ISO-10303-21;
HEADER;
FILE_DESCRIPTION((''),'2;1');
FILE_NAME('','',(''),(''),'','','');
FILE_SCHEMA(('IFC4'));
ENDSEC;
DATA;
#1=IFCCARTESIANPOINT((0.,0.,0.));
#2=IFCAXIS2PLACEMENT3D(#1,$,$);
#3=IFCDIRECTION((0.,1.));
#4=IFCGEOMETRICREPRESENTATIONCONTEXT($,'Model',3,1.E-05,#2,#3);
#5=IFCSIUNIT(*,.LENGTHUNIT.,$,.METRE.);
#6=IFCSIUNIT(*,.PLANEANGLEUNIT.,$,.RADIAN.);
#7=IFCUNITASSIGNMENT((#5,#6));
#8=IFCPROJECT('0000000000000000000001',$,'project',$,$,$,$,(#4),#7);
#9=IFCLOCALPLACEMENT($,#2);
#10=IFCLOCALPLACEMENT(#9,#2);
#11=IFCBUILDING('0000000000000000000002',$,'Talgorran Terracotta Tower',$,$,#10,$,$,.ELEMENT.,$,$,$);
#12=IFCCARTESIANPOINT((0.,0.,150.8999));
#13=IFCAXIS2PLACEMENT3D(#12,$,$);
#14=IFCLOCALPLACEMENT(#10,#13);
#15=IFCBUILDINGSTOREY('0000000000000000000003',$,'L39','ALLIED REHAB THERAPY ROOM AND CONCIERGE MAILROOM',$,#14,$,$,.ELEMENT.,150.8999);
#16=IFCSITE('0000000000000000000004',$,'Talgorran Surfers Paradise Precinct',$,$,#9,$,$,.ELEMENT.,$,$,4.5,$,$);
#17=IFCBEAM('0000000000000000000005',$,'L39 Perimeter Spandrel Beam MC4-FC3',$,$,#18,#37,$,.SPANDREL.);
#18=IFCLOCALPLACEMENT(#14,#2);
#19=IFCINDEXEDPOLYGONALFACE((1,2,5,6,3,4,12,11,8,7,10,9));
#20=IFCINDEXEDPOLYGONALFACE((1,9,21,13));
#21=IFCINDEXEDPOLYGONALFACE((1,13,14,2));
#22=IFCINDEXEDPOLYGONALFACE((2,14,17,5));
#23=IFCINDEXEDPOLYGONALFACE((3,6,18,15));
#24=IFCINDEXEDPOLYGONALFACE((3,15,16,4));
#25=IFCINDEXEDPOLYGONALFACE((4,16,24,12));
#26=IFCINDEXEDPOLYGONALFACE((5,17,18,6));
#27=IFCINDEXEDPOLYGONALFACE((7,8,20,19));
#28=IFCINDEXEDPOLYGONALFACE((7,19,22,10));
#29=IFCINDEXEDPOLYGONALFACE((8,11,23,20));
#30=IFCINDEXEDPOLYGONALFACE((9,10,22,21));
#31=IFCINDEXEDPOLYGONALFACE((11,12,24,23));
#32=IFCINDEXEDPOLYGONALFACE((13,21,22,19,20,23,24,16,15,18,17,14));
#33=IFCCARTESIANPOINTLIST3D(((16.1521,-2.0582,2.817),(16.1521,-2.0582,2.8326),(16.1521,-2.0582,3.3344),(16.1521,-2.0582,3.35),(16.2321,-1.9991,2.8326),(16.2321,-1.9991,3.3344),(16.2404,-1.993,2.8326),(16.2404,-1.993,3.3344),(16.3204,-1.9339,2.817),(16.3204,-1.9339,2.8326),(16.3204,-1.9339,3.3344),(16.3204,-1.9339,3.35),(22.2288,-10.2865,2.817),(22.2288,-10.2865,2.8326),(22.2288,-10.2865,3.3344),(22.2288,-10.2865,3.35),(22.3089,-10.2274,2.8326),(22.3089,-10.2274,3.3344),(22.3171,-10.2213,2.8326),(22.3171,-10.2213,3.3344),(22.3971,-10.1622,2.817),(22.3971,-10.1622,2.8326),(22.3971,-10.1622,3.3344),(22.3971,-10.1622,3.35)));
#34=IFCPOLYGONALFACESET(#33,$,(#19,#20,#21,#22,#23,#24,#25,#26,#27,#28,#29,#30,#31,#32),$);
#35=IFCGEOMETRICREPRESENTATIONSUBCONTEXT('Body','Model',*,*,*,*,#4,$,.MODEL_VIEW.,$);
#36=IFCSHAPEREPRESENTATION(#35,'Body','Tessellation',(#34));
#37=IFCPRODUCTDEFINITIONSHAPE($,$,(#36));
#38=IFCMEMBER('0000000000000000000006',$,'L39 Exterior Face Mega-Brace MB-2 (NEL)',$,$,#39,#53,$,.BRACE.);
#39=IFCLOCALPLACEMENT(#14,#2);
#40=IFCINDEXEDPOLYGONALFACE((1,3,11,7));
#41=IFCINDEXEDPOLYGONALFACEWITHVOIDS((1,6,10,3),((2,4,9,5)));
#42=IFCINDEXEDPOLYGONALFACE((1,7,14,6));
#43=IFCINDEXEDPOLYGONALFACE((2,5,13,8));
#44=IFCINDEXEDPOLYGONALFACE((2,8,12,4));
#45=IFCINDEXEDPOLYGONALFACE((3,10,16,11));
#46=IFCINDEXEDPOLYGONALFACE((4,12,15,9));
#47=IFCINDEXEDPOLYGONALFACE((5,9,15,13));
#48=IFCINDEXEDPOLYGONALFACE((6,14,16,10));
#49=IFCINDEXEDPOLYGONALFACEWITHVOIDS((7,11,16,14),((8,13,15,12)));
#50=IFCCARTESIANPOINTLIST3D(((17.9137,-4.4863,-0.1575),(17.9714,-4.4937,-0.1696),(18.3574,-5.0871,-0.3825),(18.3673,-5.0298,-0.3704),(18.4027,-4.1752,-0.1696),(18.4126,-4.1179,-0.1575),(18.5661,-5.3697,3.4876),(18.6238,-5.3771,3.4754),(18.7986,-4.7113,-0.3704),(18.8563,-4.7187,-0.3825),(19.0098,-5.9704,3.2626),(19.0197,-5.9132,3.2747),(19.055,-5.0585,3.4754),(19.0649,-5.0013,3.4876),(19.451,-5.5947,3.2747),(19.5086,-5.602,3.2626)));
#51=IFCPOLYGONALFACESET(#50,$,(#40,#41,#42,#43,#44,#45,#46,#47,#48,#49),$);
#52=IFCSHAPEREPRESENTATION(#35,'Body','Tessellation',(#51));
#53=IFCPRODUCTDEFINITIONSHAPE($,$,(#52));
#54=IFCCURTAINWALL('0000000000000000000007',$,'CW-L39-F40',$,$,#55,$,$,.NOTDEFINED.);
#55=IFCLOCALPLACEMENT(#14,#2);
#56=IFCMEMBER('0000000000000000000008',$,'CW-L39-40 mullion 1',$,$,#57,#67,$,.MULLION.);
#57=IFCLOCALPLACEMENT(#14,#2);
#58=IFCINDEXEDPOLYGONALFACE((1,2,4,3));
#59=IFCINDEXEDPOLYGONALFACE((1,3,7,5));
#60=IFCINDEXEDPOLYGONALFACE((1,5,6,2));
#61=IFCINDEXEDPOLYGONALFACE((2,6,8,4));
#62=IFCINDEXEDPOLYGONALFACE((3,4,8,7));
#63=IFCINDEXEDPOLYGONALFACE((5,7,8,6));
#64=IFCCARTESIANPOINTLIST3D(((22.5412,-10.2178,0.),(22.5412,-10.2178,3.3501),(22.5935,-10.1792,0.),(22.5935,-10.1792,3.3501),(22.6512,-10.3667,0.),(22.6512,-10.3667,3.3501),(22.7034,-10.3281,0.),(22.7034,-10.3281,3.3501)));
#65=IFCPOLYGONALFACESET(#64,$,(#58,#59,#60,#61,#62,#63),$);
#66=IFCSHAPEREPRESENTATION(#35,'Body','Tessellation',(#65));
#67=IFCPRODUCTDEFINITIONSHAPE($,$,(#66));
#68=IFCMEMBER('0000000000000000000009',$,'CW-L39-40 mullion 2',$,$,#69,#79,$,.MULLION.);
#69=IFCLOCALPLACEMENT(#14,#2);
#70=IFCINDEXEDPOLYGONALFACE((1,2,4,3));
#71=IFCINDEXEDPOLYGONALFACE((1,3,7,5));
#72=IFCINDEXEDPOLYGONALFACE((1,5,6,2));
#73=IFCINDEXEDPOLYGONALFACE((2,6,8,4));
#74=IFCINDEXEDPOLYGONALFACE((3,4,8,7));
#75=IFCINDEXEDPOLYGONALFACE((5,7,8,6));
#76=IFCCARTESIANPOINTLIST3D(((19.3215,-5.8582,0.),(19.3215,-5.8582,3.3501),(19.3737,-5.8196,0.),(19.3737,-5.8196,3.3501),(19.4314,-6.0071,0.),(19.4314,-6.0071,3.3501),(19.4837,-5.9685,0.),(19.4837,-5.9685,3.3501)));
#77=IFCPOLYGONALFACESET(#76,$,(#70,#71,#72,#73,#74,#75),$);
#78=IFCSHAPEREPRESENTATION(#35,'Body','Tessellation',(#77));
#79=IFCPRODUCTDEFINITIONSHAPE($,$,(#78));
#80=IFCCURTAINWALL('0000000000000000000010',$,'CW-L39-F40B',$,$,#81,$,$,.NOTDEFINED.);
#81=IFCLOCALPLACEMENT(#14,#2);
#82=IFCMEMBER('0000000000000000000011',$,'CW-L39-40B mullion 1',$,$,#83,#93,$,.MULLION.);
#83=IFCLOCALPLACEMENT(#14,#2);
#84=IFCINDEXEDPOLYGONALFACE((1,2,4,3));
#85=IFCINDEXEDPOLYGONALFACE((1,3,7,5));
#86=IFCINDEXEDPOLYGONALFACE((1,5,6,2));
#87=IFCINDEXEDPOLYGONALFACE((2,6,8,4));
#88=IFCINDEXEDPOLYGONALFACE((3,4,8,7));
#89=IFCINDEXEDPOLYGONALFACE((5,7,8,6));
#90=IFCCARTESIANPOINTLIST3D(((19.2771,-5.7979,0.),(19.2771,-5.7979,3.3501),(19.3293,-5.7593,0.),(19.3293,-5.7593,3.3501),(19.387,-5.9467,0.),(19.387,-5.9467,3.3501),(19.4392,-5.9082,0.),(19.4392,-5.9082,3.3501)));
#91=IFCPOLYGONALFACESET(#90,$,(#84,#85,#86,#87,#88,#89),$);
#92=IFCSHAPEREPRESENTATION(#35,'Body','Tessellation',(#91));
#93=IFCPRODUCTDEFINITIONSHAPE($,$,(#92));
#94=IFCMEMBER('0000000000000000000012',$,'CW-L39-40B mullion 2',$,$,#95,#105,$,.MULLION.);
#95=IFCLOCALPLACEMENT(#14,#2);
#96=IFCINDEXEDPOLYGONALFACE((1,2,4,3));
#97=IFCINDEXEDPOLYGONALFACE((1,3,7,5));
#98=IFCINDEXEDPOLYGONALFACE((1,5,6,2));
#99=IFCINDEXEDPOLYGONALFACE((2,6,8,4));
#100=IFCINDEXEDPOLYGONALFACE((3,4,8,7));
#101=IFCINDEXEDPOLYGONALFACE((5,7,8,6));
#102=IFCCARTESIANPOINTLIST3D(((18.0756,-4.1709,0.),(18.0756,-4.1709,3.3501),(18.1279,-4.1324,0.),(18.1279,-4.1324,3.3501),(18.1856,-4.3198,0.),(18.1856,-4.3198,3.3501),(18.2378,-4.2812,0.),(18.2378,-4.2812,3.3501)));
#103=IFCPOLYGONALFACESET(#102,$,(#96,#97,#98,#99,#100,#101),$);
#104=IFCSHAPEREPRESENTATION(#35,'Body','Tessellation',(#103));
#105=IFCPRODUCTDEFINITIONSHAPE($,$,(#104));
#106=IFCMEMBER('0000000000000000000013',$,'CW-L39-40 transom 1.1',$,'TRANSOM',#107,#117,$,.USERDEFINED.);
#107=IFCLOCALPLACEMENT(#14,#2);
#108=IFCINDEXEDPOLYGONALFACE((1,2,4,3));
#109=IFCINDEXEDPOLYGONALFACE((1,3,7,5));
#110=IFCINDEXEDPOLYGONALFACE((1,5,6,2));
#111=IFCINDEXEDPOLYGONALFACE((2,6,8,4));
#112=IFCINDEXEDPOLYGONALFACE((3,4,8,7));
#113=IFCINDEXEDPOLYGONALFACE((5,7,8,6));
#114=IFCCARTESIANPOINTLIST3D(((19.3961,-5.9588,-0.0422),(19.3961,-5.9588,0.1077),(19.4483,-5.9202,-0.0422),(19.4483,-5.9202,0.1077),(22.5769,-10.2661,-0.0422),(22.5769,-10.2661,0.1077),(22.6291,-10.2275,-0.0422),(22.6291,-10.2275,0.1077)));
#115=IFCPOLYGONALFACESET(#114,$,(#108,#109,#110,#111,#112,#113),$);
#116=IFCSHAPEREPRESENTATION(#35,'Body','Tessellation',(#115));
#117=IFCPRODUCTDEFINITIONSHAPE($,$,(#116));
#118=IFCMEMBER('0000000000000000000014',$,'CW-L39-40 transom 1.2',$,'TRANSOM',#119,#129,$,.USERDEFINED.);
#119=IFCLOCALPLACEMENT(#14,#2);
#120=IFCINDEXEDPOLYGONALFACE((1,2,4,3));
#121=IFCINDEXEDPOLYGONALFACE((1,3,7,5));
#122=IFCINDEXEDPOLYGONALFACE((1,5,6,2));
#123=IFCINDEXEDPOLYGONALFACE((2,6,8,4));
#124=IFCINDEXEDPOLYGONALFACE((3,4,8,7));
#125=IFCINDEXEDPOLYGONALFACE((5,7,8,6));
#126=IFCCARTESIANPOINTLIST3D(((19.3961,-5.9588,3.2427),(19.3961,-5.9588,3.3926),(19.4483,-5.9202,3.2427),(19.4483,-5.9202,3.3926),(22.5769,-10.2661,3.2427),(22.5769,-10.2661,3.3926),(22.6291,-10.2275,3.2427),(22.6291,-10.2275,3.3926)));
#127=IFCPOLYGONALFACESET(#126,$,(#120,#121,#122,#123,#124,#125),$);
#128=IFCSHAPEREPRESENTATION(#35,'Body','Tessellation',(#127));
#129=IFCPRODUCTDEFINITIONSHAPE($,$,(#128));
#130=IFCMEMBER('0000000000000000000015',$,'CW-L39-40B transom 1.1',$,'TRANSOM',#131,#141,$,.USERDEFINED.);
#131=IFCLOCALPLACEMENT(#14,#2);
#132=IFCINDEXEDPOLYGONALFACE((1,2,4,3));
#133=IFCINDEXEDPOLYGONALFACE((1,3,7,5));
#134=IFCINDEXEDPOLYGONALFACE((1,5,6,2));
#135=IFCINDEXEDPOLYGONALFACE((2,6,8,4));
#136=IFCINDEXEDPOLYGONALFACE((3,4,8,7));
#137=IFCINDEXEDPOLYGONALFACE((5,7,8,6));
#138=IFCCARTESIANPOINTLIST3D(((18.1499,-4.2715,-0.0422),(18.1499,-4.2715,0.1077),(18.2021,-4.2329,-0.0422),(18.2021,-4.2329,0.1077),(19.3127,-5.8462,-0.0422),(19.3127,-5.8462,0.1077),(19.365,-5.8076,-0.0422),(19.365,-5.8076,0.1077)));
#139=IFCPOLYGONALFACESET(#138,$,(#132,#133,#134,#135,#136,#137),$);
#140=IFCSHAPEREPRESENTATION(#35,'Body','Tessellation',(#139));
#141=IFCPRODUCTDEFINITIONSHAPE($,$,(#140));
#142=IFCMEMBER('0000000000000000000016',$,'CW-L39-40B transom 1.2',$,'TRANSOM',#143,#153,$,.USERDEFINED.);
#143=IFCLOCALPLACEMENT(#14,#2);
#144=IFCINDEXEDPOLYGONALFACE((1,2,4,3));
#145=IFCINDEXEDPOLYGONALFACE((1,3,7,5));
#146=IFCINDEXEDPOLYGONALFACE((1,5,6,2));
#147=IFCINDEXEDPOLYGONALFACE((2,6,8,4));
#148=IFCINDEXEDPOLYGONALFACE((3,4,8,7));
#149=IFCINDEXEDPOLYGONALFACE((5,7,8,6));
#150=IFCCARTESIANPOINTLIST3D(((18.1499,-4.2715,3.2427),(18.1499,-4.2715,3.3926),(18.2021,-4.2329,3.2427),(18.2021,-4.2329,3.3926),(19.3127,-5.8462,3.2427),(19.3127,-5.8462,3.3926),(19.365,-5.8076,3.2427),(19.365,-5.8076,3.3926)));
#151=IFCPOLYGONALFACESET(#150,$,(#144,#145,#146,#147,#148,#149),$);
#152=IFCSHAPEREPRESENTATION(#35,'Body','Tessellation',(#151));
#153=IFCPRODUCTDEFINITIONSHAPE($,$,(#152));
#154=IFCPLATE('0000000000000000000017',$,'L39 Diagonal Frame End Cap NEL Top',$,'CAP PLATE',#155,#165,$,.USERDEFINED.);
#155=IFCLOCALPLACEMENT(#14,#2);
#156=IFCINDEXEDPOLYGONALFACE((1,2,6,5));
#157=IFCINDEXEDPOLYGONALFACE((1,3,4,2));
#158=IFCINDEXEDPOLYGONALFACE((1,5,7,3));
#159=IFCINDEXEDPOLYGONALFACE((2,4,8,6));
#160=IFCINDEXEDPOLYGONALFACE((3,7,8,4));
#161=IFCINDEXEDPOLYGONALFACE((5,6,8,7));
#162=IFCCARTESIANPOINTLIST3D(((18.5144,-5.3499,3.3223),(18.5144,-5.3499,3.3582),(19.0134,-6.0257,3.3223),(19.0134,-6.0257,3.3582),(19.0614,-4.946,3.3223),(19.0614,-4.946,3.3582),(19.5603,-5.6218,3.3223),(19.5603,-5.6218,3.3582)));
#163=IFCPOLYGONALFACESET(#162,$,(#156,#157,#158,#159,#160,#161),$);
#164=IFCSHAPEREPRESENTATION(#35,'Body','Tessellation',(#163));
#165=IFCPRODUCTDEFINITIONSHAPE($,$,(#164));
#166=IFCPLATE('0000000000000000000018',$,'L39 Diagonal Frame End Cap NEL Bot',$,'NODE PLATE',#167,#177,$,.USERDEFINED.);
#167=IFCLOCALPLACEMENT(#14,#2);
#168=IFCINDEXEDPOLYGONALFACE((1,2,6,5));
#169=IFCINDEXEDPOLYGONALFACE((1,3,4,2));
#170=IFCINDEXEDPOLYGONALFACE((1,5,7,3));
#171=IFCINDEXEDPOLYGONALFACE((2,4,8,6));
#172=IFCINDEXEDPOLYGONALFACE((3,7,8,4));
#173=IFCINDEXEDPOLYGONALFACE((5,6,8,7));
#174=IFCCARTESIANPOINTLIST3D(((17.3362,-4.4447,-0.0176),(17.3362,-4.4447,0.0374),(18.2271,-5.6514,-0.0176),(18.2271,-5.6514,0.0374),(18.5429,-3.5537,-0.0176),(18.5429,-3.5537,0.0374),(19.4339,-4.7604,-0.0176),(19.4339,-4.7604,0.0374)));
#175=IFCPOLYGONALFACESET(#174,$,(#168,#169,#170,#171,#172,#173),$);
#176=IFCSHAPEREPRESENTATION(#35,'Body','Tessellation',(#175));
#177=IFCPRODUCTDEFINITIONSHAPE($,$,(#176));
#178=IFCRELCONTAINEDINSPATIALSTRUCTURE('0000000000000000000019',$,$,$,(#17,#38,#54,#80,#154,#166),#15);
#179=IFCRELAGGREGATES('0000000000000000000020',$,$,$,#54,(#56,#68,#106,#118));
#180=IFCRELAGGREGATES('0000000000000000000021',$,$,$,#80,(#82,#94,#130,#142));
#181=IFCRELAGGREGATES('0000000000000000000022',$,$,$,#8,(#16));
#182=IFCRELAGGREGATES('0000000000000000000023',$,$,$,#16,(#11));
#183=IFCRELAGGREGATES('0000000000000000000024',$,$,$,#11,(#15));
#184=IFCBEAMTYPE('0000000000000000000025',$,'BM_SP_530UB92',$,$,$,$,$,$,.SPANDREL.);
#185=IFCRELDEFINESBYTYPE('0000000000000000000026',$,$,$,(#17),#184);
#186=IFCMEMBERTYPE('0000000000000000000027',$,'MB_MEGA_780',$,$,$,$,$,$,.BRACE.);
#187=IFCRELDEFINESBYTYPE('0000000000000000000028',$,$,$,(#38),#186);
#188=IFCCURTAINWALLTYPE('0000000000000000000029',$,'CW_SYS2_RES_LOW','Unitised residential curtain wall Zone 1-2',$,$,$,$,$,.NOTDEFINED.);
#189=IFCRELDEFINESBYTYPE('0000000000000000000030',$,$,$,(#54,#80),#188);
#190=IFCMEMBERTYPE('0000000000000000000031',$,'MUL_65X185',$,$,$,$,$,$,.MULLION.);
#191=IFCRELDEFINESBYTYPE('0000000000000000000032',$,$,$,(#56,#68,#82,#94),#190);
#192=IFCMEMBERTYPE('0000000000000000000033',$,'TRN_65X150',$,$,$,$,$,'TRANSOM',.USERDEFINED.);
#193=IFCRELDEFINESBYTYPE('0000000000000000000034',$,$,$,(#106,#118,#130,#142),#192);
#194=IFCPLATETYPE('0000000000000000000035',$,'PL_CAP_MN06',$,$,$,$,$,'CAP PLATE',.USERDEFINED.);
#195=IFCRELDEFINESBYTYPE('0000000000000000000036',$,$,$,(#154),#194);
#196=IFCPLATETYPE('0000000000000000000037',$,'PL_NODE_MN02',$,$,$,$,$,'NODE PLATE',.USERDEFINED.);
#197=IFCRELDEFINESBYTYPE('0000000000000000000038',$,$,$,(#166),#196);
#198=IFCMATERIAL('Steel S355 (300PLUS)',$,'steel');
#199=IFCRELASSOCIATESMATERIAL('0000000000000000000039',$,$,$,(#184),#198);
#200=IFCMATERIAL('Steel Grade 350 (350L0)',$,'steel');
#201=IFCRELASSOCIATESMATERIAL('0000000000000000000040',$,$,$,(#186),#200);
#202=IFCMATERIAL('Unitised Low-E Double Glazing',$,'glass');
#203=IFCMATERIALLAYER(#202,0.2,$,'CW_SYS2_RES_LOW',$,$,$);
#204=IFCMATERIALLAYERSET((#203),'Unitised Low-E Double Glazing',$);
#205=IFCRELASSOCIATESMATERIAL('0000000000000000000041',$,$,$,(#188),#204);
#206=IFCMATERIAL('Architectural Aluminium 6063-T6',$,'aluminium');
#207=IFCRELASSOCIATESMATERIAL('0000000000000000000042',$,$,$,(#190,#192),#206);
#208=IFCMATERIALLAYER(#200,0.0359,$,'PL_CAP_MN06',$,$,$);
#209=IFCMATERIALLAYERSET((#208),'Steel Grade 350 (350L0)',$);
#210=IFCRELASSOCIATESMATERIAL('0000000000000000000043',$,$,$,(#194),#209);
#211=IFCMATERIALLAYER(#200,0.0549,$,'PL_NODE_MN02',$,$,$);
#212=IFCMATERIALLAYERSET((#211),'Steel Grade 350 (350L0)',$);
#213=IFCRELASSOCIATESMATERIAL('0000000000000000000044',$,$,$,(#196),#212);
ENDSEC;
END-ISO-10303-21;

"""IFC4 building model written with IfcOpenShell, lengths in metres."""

from ifc_helpers import new_model, si_unit, direction, frame, origin, origin_2d, place, context, subcontext, project, spatial, rectangle, hollow_rectangle, i_section, extrude, material, layer, layer_set, material_profile, profile_set, type_object, element, aggregate, save


model = new_model("IFC4")

# Units and contexts
model_context = context("Model", 3, precision=1e-05, world=origin(), true_north=direction((0.0, 1.0)))
body_context = subcontext(model_context, "Body", "Model", "MODEL_VIEW")
ifc_project = project(units=[si_unit("LENGTHUNIT", "METRE"), si_unit("PLANEANGLEUNIT", "RADIAN")], contexts=[model_context])

# Site, building, storey
site_placement = place(None, origin())
site = spatial("IfcSite", under=ifc_project, at=site_placement, Name="Talgorran Surfers Paradise Precinct", CompositionType="ELEMENT", RefElevation=4.5)
building_placement = place(site_placement, origin())
building = spatial("IfcBuilding", under=site, at=building_placement, Name="Talgorran Terracotta Tower", CompositionType="ELEMENT")
storey_placement = place(building_placement, frame((0.0, 0.0, 150.8999)))
storey = spatial("IfcBuildingStorey", under=building, at=storey_placement, Name="L39", Description="ALLIED REHAB THERAPY ROOM AND CONCIERGE MAILROOM", CompositionType="ELEMENT", Elevation=150.8999)

# Beam
ifc_material_1 = material(Name="Steel S355 (300PLUS)", Category="steel")
ifc_material_profile_1 = material_profile(ifc_material_1, i_section(OverallWidth=0.2092, OverallDepth=0.533, WebThickness=0.0103, FlangeThickness=0.0156, at=origin_2d()), Name="530UB92.4")
ifc_profile_set_1 = profile_set([ifc_material_profile_1], Name="Steel S355 (300PLUS)")
beam_type = type_object("IfcBeamType", Name="BM_SP_530UB92", PredefinedType="SPANDREL", material=ifc_profile_set_1)
beam_placement = place(storey_placement, frame((22.313, -10.2244, 3.0835), z_axis=(-0.594068, 0.804415, 0.0), x_axis=(-0.804415, -0.594068, 0.0)))
element("IfcBeam", 1, at=beam_placement, inside=storey, type_object=beam_type, Name="L39 Perimeter Spandrel Beam MC4-FC3", PredefinedType="SPANDREL", context=body_context, shape_type="SweptSolid", body=[
    extrude(i_section(OverallWidth=0.2092, OverallDepth=0.533, WebThickness=0.0103, FlangeThickness=0.0156, at=origin_2d()), origin(), (0.0, 0.0, 1.0), 10.229),
])

# Member
ifc_material_2 = material(Name="Steel Grade 350 (350L0)", Category="steel")
ifc_material_profile_2 = material_profile(ifc_material_2, hollow_rectangle(XDim=0.6201, YDim=0.78, WallThickness=0.042, at=origin_2d()), Name="WBOX780X620X42")
ifc_profile_set_2 = profile_set([ifc_material_profile_2], Name="Steel Grade 350 (350L0)")
member_type_1 = type_object("IfcMemberType", Name="MB_MEGA_780", PredefinedType="BRACE", material=ifc_profile_set_2)
member_1_placement = place(storey_placement, frame((18.385, -4.6025, -0.27), z_axis=(0.171361, -0.232031, 0.957495), x_axis=(0.804407, 0.594078, 0.0)))
element("IfcMember", 2, at=member_1_placement, inside=storey, type_object=member_type_1, Name="L39 Exterior Face Mega-Brace MB-2 (NEL)", PredefinedType="BRACE", context=body_context, shape_type="SweptSolid", body=[
    extrude(hollow_rectangle(XDim=0.6201, YDim=0.78, WallThickness=0.042, at=origin_2d()), origin(), (0.0, 0.0, 1.0), 3.8069),
])

# Curtain walls, members
ifc_material_3 = material(Name="Unitised Low-E Double Glazing", Category="glass")
ifc_layer_1 = layer(ifc_material_3, 0.2, Name="CW_SYS2_RES_LOW")
ifc_layer_set_1 = layer_set([ifc_layer_1], Name="Unitised Low-E Double Glazing")
curtain_wall_type = type_object("IfcCurtainWallType", Name="CW_SYS2_RES_LOW", Description="Unitised residential curtain wall Zone 1-2", PredefinedType="NOTDEFINED", material=ifc_layer_set_1)
curtain_wall_1_placement = place(storey_placement, origin())
curtain_wall_1 = element("IfcCurtainWall", 3, at=curtain_wall_1_placement, inside=storey, type_object=curtain_wall_type, Name="CW-L39-F40", PredefinedType="NOTDEFINED")
ifc_material_4 = material(Name="Architectural Aluminium 6063-T6", Category="aluminium")
ifc_material_profile_3 = material_profile(ifc_material_4, rectangle(XDim=0.0649, YDim=0.1851, at=origin_2d()), Name="CWM65X185")
ifc_profile_set_3 = profile_set([ifc_material_profile_3], Name="Architectural Aluminium 6063-T6")
member_type_2 = type_object("IfcMemberType", Name="MUL_65X185", PredefinedType="MULLION", material=ifc_profile_set_3)
member_2_placement = place(storey_placement, frame((22.6223, -10.2729, 0.0), z_axis=(0.0, 0.0, 1.0), x_axis=(-0.804409, -0.594076, 0.0)))
member_2 = element("IfcMember", 4, at=member_2_placement, type_object=member_type_2, Name="CW-L39-40 mullion 1", PredefinedType="MULLION", context=body_context, shape_type="SweptSolid", body=[
    extrude(rectangle(XDim=0.0649, YDim=0.1851, at=origin_2d()), origin(), (0.0, 0.0, 1.0), 3.3501),
])
member_3_placement = place(storey_placement, frame((19.4026, -5.9133, 0.0), z_axis=(0.0, 0.0, 1.0), x_axis=(-0.804409, -0.594076, 0.0)))
member_3 = element("IfcMember", 5, at=member_3_placement, type_object=member_type_2, Name="CW-L39-40 mullion 2", PredefinedType="MULLION", context=body_context, shape_type="SweptSolid", body=[
    extrude(rectangle(XDim=0.0649, YDim=0.1851, at=origin_2d()), origin(), (0.0, 0.0, 1.0), 3.3501),
])
curtain_wall_2_placement = place(storey_placement, origin())
curtain_wall_2 = element("IfcCurtainWall", 6, at=curtain_wall_2_placement, inside=storey, type_object=curtain_wall_type, Name="CW-L39-F40B", PredefinedType="NOTDEFINED")
member_4_placement = place(storey_placement, frame((19.3582, -5.853, 0.0), z_axis=(0.0, 0.0, 1.0), x_axis=(-0.804399, -0.594089, 0.0)))
member_4 = element("IfcMember", 7, at=member_4_placement, type_object=member_type_2, Name="CW-L39-40B mullion 1", PredefinedType="MULLION", context=body_context, shape_type="SweptSolid", body=[
    extrude(rectangle(XDim=0.0649, YDim=0.1851, at=origin_2d()), origin(), (0.0, 0.0, 1.0), 3.3501),
])
member_5_placement = place(storey_placement, frame((18.1567, -4.2261, 0.0), z_axis=(0.0, 0.0, 1.0), x_axis=(-0.804399, -0.594089, 0.0)))
member_5 = element("IfcMember", 8, at=member_5_placement, type_object=member_type_2, Name="CW-L39-40B mullion 2", PredefinedType="MULLION", context=body_context, shape_type="SweptSolid", body=[
    extrude(rectangle(XDim=0.0649, YDim=0.1851, at=origin_2d()), origin(), (0.0, 0.0, 1.0), 3.3501),
])

# Members
ifc_material_profile_4 = material_profile(ifc_material_4, rectangle(XDim=0.0649, YDim=0.1499, at=origin_2d()), Name="CWT65X150")
ifc_profile_set_4 = profile_set([ifc_material_profile_4], Name="Architectural Aluminium 6063-T6")
member_type_3 = type_object("IfcMemberType", Name="TRN_65X150", ElementType="TRANSOM", PredefinedType="USERDEFINED", material=ifc_profile_set_4)
member_6_placement = place(storey_placement, frame((22.603, -10.2468, 0.0327), z_axis=(-0.594053, 0.804426, 0.0), x_axis=(-0.804426, -0.594053, 0.0)))
member_6 = element("IfcMember", 9, at=member_6_placement, type_object=member_type_3, Name="CW-L39-40 transom 1.1", ObjectType="TRANSOM", PredefinedType="USERDEFINED", context=body_context, shape_type="SweptSolid", body=[
    extrude(rectangle(XDim=0.0649, YDim=0.1499, at=origin_2d()), origin(), (0.0, 0.0, 1.0), 5.3545),
])
member_7_placement = place(storey_placement, frame((22.603, -10.2468, 3.3176), z_axis=(-0.594053, 0.804426, 0.0), x_axis=(-0.804426, -0.594053, 0.0)))
member_7 = element("IfcMember", 10, at=member_7_placement, type_object=member_type_3, Name="CW-L39-40 transom 1.2", ObjectType="TRANSOM", PredefinedType="USERDEFINED", context=body_context, shape_type="SweptSolid", body=[
    extrude(rectangle(XDim=0.0649, YDim=0.1499, at=origin_2d()), origin(), (0.0, 0.0, 1.0), 5.3545),
])
member_8_placement = place(storey_placement, frame((19.3389, -5.8269, 0.0327), z_axis=(-0.594037, 0.804438, 0.0), x_axis=(-0.804438, -0.594037, 0.0)))
member_8 = element("IfcMember", 11, at=member_8_placement, type_object=member_type_3, Name="CW-L39-40B transom 1.1", ObjectType="TRANSOM", PredefinedType="USERDEFINED", context=body_context, shape_type="SweptSolid", body=[
    extrude(rectangle(XDim=0.0649, YDim=0.1499, at=origin_2d()), origin(), (0.0, 0.0, 1.0), 1.9575),
])
member_9_placement = place(storey_placement, frame((19.3389, -5.8269, 3.3176), z_axis=(-0.594037, 0.804438, 0.0), x_axis=(-0.804438, -0.594037, 0.0)))
member_9 = element("IfcMember", 12, at=member_9_placement, type_object=member_type_3, Name="CW-L39-40B transom 1.2", ObjectType="TRANSOM", PredefinedType="USERDEFINED", context=body_context, shape_type="SweptSolid", body=[
    extrude(rectangle(XDim=0.0649, YDim=0.1499, at=origin_2d()), origin(), (0.0, 0.0, 1.0), 1.9575),
])

# Plates
ifc_layer_2 = layer(ifc_material_2, 0.0359, Name="PL_CAP_MN06")
ifc_layer_set_2 = layer_set([ifc_layer_2], Name="Steel Grade 350 (350L0)")
plate_type_1 = type_object("IfcPlateType", Name="PL_CAP_MN06", ElementType="CAP PLATE", PredefinedType="USERDEFINED", material=ifc_layer_set_2)
plate_1_placement = place(storey_placement, frame((19.0374, -5.4858, 3.3223), z_axis=(0.0, 0.0, 1.0), x_axis=(0.593981, -0.804479, 0.0)))
element("IfcPlate", 13, at=plate_1_placement, inside=storey, type_object=plate_type_1, Name="L39 Diagonal Frame End Cap NEL Top", ObjectType="CAP PLATE", PredefinedType="USERDEFINED", context=body_context, shape_type="SweptSolid", body=[
    extrude(rectangle(XDim=0.8401, YDim=0.6799, at=origin_2d()), origin(), (0.0, 0.0, 1.0), 0.0359),
])
ifc_layer_3 = layer(ifc_material_2, 0.0549, Name="PL_NODE_MN02")
ifc_layer_set_3 = layer_set([ifc_layer_3], Name="Steel Grade 350 (350L0)")
plate_type_2 = type_object("IfcPlateType", Name="PL_NODE_MN02", ElementType="NODE PLATE", PredefinedType="USERDEFINED", material=ifc_layer_set_3)
plate_2_placement = place(storey_placement, frame((18.385, -4.6025, -0.0176), z_axis=(0.0, 0.0, 1.0), x_axis=(0.593981, -0.804479, 0.0)))
element("IfcPlate", 14, at=plate_2_placement, inside=storey, type_object=plate_type_2, Name="L39 Diagonal Frame End Cap NEL Bot", ObjectType="NODE PLATE", PredefinedType="USERDEFINED", context=body_context, shape_type="SweptSolid", body=[
    extrude(rectangle(XDim=1.5, YDim=1.5, at=origin_2d()), origin(), (0.0, 0.0, 1.0), 0.0549),
])

aggregate(curtain_wall_1, [member_2, member_3, member_6, member_7])
aggregate(curtain_wall_2, [member_4, member_5, member_8, member_9])

save(model, "model.ifc")
